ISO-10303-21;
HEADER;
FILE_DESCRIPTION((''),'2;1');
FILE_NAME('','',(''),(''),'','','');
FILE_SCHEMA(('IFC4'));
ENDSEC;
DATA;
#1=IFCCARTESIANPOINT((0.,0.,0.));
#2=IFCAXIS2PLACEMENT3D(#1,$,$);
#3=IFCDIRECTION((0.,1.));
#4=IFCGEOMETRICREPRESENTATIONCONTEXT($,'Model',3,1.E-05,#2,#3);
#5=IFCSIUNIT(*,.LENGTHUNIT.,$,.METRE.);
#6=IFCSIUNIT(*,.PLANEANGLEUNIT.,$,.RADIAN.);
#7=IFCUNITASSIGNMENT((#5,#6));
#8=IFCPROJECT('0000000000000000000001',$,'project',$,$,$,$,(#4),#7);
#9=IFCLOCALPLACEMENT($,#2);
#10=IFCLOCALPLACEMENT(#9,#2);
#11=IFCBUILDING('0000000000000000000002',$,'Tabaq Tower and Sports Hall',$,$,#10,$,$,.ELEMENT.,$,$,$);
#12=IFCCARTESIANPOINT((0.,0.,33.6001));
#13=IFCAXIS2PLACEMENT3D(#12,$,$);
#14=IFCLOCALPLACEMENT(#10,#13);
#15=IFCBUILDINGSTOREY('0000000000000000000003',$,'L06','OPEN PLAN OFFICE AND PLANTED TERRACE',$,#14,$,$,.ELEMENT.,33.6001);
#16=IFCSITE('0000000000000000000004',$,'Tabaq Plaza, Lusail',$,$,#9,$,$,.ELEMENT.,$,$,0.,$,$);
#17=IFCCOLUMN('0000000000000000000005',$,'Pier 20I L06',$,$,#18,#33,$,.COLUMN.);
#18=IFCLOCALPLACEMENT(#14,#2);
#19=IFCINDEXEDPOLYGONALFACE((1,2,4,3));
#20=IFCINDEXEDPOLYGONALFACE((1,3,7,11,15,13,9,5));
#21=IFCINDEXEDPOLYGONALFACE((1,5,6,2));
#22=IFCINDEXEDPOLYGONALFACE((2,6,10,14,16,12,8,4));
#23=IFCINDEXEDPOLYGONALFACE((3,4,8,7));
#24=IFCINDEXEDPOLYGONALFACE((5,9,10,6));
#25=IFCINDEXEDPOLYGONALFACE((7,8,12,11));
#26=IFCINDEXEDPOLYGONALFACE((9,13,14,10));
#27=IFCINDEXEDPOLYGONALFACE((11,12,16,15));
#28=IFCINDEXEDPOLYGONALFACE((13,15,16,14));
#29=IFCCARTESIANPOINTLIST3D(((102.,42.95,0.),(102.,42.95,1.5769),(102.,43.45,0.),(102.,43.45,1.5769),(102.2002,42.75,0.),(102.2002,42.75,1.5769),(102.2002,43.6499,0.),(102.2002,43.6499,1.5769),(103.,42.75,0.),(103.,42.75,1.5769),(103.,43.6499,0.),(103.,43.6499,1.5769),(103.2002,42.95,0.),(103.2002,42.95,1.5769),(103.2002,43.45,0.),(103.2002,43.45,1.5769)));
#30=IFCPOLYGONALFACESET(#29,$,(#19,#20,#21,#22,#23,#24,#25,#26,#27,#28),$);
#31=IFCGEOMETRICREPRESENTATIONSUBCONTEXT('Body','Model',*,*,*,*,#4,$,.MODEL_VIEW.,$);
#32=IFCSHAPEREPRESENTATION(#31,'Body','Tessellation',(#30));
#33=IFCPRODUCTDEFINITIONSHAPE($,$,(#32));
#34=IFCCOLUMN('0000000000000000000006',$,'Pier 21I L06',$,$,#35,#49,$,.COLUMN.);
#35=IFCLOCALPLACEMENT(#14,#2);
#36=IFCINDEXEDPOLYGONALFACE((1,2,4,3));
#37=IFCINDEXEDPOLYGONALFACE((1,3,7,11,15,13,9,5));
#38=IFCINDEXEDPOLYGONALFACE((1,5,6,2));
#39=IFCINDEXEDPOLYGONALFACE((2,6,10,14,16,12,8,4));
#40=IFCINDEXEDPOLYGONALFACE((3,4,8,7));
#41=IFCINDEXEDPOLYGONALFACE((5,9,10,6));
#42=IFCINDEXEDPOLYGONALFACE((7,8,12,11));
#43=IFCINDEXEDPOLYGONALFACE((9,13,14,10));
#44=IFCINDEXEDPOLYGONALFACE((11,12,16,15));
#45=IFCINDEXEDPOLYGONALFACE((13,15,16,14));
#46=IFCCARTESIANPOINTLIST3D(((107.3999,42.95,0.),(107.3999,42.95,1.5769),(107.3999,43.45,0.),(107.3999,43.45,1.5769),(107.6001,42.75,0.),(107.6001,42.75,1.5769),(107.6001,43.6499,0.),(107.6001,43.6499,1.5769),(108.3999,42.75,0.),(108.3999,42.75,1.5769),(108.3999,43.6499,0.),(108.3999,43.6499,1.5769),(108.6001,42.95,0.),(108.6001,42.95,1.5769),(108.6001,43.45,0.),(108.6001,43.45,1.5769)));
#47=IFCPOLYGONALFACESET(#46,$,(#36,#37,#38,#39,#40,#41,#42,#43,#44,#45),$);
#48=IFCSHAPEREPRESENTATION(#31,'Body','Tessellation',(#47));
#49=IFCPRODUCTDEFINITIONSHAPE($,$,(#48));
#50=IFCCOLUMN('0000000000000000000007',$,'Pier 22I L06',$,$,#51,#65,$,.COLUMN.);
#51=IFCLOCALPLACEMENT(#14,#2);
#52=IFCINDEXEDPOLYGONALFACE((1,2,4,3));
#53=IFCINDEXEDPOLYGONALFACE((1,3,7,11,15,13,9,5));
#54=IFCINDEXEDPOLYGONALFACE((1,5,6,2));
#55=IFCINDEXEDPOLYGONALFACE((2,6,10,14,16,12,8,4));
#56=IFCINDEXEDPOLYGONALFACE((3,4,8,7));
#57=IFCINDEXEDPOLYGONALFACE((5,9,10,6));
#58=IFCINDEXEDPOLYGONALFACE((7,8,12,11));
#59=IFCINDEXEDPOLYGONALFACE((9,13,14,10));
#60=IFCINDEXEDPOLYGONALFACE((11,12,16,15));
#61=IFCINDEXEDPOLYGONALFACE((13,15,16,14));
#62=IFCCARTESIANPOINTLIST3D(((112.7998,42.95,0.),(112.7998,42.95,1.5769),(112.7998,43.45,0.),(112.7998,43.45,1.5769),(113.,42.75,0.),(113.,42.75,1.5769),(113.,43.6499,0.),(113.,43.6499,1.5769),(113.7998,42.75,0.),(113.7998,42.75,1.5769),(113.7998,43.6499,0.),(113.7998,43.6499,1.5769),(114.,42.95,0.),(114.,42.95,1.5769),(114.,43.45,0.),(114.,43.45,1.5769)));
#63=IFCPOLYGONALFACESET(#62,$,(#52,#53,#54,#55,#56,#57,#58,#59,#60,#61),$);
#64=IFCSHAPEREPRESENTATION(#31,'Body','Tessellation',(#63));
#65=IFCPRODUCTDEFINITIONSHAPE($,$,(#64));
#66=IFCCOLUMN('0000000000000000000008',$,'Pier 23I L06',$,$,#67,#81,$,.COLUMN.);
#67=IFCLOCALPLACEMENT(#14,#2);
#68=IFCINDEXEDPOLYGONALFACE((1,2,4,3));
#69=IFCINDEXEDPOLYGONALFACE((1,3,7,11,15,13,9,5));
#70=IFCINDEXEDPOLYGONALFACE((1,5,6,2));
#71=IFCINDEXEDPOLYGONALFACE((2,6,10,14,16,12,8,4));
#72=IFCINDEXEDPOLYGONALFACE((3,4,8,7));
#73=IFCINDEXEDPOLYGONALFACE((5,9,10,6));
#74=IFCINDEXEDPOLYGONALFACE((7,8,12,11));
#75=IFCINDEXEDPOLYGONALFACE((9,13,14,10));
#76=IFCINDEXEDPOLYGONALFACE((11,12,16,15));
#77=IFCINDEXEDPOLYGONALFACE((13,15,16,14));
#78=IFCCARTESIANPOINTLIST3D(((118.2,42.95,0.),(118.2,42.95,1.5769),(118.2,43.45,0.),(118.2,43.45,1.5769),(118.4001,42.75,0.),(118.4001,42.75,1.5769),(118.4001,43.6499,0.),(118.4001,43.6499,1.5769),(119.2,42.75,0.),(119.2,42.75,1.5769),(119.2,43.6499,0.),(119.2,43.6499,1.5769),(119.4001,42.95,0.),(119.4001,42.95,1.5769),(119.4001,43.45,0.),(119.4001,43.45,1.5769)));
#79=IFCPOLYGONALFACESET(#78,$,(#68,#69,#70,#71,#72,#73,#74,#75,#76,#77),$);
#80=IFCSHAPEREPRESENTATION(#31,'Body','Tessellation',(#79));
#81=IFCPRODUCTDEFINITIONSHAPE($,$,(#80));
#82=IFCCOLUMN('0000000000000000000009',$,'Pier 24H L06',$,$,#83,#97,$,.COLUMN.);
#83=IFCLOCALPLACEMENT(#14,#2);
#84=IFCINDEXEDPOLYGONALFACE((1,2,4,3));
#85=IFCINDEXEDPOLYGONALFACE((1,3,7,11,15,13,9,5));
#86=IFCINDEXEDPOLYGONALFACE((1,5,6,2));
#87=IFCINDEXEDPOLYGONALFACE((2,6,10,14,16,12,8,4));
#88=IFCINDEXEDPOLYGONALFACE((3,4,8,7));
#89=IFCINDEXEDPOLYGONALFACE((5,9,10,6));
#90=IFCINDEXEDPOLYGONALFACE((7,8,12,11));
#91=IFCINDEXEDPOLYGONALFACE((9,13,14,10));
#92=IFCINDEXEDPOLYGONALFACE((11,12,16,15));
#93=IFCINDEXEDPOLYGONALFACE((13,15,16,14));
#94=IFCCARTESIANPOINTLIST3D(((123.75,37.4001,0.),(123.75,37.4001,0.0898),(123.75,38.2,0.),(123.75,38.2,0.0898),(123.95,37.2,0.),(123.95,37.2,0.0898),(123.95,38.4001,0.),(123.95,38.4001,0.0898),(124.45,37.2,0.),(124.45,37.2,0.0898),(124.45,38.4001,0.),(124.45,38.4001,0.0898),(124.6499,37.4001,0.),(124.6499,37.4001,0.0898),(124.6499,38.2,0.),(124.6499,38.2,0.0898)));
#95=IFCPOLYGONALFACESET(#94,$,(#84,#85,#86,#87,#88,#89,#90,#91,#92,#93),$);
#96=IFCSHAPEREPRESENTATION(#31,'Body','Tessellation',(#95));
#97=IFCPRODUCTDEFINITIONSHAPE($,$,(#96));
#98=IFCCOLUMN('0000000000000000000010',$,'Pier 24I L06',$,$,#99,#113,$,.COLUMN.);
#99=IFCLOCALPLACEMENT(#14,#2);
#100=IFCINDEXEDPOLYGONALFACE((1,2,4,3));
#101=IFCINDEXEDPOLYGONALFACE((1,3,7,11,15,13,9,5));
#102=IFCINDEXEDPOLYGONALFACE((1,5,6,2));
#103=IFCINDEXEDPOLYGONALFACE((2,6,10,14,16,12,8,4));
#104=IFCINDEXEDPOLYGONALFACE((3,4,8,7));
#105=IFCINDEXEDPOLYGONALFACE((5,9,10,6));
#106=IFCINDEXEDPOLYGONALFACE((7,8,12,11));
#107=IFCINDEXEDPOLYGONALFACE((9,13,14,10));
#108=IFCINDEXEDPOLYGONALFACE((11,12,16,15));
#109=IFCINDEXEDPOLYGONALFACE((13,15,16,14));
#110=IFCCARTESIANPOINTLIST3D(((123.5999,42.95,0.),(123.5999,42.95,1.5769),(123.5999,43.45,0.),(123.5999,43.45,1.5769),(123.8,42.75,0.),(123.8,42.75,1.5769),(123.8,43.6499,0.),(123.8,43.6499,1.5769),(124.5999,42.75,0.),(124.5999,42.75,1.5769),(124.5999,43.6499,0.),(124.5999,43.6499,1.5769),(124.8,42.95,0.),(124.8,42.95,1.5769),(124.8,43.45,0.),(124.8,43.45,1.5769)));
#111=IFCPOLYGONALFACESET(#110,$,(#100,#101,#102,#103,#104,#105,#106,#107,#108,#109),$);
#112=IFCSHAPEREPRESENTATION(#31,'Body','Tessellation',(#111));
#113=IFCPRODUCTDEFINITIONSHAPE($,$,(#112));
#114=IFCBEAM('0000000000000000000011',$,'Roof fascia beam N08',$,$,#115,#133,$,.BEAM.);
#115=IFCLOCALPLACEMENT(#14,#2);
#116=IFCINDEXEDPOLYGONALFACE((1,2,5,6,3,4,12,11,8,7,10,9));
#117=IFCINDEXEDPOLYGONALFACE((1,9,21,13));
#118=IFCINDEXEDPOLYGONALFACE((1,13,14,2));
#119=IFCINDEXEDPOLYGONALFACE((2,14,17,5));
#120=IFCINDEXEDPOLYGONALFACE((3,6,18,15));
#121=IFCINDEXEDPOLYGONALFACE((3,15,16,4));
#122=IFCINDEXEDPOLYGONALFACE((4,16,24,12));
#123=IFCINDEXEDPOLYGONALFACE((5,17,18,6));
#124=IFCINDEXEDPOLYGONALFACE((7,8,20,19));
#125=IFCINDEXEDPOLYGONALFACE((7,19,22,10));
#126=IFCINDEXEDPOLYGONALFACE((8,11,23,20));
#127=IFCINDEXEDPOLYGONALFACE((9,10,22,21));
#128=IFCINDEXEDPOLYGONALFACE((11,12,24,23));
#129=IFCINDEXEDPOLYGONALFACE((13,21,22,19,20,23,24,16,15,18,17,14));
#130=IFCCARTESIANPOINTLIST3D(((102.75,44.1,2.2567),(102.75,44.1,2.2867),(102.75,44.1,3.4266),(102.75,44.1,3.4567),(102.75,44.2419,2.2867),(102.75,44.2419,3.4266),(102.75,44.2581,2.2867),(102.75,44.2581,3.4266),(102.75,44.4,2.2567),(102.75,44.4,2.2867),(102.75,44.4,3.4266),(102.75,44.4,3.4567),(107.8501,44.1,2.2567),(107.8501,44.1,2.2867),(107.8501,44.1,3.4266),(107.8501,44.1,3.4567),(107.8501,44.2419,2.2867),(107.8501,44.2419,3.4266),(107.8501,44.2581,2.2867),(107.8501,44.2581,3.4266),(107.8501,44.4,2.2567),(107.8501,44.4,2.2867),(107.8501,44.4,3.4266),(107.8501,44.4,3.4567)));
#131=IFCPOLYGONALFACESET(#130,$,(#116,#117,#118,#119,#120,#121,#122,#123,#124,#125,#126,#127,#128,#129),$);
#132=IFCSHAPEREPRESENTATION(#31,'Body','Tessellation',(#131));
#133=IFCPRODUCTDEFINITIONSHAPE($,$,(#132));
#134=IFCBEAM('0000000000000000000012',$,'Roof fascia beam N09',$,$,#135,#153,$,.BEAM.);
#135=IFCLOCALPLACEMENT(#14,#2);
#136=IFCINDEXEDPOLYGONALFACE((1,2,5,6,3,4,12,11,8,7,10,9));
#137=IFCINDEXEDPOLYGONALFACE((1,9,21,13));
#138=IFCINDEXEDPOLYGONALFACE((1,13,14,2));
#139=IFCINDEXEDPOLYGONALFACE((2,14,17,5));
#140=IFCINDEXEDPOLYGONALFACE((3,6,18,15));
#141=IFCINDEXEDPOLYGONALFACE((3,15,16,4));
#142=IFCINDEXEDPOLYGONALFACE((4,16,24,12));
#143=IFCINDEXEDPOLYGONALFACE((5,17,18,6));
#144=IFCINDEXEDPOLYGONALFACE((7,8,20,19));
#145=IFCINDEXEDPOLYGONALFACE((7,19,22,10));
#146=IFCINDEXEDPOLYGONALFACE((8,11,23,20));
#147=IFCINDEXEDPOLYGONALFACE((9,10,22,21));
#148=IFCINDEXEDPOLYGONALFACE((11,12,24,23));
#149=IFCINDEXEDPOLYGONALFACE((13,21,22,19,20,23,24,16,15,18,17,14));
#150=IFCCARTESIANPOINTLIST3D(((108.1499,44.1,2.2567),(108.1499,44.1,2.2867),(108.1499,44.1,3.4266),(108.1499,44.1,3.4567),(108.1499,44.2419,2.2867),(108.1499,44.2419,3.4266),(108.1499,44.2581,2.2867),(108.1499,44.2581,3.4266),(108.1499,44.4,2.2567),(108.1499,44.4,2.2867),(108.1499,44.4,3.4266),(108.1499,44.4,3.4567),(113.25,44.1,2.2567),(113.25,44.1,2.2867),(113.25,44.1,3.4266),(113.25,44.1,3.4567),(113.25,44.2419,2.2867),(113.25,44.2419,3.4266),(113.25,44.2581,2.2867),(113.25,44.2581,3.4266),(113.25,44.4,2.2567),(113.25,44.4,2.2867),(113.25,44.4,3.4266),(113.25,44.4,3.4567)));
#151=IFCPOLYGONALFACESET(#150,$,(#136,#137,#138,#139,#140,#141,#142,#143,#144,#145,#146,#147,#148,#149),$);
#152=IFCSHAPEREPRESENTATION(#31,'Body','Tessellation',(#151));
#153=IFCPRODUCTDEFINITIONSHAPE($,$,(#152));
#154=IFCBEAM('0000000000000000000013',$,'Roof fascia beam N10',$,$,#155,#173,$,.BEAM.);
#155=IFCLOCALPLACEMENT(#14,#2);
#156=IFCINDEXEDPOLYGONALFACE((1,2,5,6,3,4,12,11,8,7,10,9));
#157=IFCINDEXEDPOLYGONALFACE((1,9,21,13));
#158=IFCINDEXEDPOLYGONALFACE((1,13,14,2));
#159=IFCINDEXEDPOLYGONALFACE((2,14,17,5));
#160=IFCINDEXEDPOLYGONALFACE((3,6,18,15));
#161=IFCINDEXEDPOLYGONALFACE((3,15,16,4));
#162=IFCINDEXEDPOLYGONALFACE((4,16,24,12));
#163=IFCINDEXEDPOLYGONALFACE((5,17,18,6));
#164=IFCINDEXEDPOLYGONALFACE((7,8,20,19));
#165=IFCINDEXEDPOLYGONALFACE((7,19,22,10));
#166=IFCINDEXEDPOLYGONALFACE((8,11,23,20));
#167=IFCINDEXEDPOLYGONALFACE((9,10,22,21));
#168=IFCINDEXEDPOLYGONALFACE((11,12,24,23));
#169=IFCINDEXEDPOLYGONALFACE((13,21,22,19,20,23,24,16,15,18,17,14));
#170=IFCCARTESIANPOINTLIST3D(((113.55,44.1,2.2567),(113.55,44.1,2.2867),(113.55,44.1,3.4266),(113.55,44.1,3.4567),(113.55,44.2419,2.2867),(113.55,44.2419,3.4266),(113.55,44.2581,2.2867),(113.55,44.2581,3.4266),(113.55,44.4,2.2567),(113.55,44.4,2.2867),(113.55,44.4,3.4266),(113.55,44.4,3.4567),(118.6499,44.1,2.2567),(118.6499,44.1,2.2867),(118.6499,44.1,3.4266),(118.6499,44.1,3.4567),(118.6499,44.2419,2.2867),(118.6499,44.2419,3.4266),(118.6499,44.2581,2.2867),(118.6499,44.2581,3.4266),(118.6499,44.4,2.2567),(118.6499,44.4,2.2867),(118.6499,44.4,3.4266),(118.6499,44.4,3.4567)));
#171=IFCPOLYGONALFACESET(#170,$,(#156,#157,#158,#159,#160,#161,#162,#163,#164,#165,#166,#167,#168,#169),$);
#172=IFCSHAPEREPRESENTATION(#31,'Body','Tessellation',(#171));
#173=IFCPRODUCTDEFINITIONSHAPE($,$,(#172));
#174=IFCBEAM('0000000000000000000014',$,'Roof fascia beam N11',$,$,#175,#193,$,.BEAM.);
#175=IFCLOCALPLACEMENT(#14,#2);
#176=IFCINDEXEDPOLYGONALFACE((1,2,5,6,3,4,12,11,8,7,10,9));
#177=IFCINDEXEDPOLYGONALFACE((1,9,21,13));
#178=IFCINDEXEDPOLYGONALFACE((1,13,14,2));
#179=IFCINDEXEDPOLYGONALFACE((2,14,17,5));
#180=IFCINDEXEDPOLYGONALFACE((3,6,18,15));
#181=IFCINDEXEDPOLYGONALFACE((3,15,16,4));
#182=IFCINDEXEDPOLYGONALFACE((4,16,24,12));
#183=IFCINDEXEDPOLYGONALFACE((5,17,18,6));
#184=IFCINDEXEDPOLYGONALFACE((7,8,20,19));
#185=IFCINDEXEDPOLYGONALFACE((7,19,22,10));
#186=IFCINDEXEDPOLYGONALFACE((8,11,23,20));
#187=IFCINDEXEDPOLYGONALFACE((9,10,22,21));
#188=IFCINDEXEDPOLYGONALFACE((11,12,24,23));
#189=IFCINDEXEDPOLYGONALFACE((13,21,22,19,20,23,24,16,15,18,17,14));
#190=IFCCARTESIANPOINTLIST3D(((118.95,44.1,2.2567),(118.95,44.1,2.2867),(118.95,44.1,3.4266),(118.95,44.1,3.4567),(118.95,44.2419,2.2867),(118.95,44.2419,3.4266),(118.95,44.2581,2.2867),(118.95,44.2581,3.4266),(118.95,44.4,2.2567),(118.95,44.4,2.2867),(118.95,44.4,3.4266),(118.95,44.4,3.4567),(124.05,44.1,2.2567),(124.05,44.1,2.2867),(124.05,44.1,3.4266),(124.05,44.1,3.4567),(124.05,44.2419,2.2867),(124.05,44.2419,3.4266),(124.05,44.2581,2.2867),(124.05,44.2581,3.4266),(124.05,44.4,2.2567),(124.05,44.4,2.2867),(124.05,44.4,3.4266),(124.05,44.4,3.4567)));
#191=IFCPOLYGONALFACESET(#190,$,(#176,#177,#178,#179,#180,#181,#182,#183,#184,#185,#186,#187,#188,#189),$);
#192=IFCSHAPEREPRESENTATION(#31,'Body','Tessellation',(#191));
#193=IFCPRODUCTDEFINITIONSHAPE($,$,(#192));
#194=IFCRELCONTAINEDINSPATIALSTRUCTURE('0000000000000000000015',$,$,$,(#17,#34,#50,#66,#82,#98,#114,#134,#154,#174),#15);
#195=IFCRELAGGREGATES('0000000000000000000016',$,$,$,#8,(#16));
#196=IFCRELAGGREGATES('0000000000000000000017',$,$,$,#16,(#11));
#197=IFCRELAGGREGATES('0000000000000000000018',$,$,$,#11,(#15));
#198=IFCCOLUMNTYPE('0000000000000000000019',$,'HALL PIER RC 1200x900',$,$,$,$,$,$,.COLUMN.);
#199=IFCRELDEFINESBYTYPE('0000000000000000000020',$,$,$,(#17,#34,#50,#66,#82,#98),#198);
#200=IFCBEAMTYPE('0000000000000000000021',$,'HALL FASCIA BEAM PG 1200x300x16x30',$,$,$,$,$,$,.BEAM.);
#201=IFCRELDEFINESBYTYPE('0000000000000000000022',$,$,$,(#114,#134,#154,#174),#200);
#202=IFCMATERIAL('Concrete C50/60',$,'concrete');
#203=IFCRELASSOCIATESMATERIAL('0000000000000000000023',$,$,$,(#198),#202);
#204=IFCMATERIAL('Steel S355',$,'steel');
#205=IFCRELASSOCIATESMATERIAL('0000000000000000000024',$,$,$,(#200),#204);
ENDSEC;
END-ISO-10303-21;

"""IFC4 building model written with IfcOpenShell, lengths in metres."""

from ifc_helpers import new_model, si_unit, direction, frame, origin, origin_2d, place, context, subcontext, project, spatial, polyline, i_section, outline, extrude, material, material_profile, profile_set, type_object, element, save


model = new_model("IFC4")

# Units and contexts
model_context = context("Model", 3, precision=1e-05, world=origin(), true_north=direction((0.0, 1.0)))
body_context = subcontext(model_context, "Body", "Model", "MODEL_VIEW")
ifc_project = project(units=[si_unit("LENGTHUNIT", "METRE"), si_unit("PLANEANGLEUNIT", "RADIAN")], contexts=[model_context])

# Site, building, storey
site_placement = place(None, origin())
site = spatial("IfcSite", under=ifc_project, at=site_placement, Name="Tabaq Plaza, Lusail", CompositionType="ELEMENT", RefElevation=0.0)
building_placement = place(site_placement, origin())
building = spatial("IfcBuilding", under=site, at=building_placement, Name="Tabaq Tower and Sports Hall", CompositionType="ELEMENT")
storey_placement = place(building_placement, frame((0.0, 0.0, 33.6001)))
storey = spatial("IfcBuildingStorey", under=building, at=storey_placement, Name="L06", Description="OPEN PLAN OFFICE AND PLANTED TERRACE", CompositionType="ELEMENT", Elevation=33.6001)

# Columns
ifc_material_1 = material(Name="Concrete C50/60", Category="concrete")
ifc_material_profile_1 = material_profile(ifc_material_1, outline(polyline([(-0.3999, -0.45), (0.3999, -0.45), (0.6001, -0.25), (0.6001, 0.25), (0.3999, 0.45), (-0.3999, 0.45), (-0.6001, 0.25), (-0.6001, -0.25), (-0.3999, -0.45)])), Name="PIER 1200x900")
ifc_profile_set_1 = profile_set([ifc_material_profile_1], Name="Concrete C50/60")
column_type = type_object("IfcColumnType", Name="HALL PIER RC 1200x900", PredefinedType="COLUMN", material=ifc_profile_set_1)
for number, where, z_axis, x_axis, name in (
    (1, (102.6001, 43.2, 0.0), (0.0, 0.0, 1.0), (1.0, 0.0, 0.0), "Pier 20I L06"),
    (2, (108.0, 43.2, 0.0), (0.0, 0.0, 1.0), (1.0, 0.0, 0.0), "Pier 21I L06"),
    (3, (113.3999, 43.2, 0.0), (0.0, 0.0, 1.0), (1.0, 0.0, 0.0), "Pier 22I L06"),
    (4, (118.8, 43.2, 0.0), (0.0, 0.0, 1.0), (1.0, 0.0, 0.0), "Pier 23I L06"),
):
    element("IfcColumn", number, at=place(storey_placement, frame(where, z_axis=z_axis, x_axis=x_axis)), inside=storey, type_object=column_type, Name=name, PredefinedType="COLUMN", context=body_context, shape_type="SweptSolid", body=[
        extrude(outline(polyline([(-0.3999, -0.45), (0.3999, -0.45), (0.6001, -0.25), (0.6001, 0.25), (0.3999, 0.45), (-0.3999, 0.45), (-0.6001, 0.25), (-0.6001, -0.25), (-0.3999, -0.45)])), origin(), (0.0, 0.0, 1.0), 1.5769),
    ])
column_1_placement = place(storey_placement, frame((124.2, 37.8, 0.0), z_axis=(0.0, 0.0, 1.0), x_axis=(0.0, 1.0, 0.0)))
element("IfcColumn", 5, at=column_1_placement, inside=storey, type_object=column_type, Name="Pier 24H L06", PredefinedType="COLUMN", context=body_context, shape_type="SweptSolid", body=[
    extrude(outline(polyline([(-0.3999, -0.45), (0.3999, -0.45), (0.6001, -0.25), (0.6001, 0.25), (0.3999, 0.45), (-0.3999, 0.45), (-0.6001, 0.25), (-0.6001, -0.25), (-0.3999, -0.45)])), origin(), (0.0, 0.0, 1.0), 0.0898),
])
column_2_placement = place(storey_placement, frame((124.2, 43.2, 0.0), z_axis=(0.0, 0.0, 1.0), x_axis=(1.0, 0.0, 0.0)))
element("IfcColumn", 6, at=column_2_placement, inside=storey, type_object=column_type, Name="Pier 24I L06", PredefinedType="COLUMN", context=body_context, shape_type="SweptSolid", body=[
    extrude(outline(polyline([(-0.3999, -0.45), (0.3999, -0.45), (0.6001, -0.25), (0.6001, 0.25), (0.3999, 0.45), (-0.3999, 0.45), (-0.6001, 0.25), (-0.6001, -0.25), (-0.3999, -0.45)])), origin(), (0.0, 0.0, 1.0), 1.5769),
])

# Beams
ifc_material_2 = material(Name="Steel S355", Category="steel")
ifc_material_profile_2 = material_profile(ifc_material_2, i_section(OverallWidth=0.3, OverallDepth=1.2, WebThickness=0.0161, FlangeThickness=0.03, at=origin_2d()), Name="PG 1200x300x16x30")
ifc_profile_set_2 = profile_set([ifc_material_profile_2], Name="Steel S355")
beam_type = type_object("IfcBeamType", Name="HALL FASCIA BEAM PG 1200x300x16x30", PredefinedType="BEAM", material=ifc_profile_set_2)
for number, where, z_axis, x_axis, name in (
    (7, (102.75, 44.25, 2.8567), (1.0, 0.0, 0.0), (0.0, 1.0, 0.0), "Roof fascia beam N08"),
    (8, (108.1499, 44.25, 2.8567), (1.0, 0.0, 0.0), (0.0, 1.0, 0.0), "Roof fascia beam N09"),
):
    element("IfcBeam", number, at=place(storey_placement, frame(where, z_axis=z_axis, x_axis=x_axis)), inside=storey, type_object=beam_type, Name=name, PredefinedType="BEAM", context=body_context, shape_type="SweptSolid", body=[
        extrude(i_section(OverallWidth=0.3, OverallDepth=1.2, WebThickness=0.0161, FlangeThickness=0.03, at=origin_2d()), origin(), (0.0, 0.0, 1.0), 5.1001),
    ])
beam_1_placement = place(storey_placement, frame((113.55, 44.25, 2.8567), z_axis=(1.0, 0.0, 0.0), x_axis=(0.0, 1.0, 0.0)))
element("IfcBeam", 9, at=beam_1_placement, inside=storey, type_object=beam_type, Name="Roof fascia beam N10", PredefinedType="BEAM", context=body_context, shape_type="SweptSolid", body=[
    extrude(i_section(OverallWidth=0.3, OverallDepth=1.2, WebThickness=0.0161, FlangeThickness=0.03, at=origin_2d()), origin(), (0.0, 0.0, 1.0), 5.0999),
])
beam_2_placement = place(storey_placement, frame((118.95, 44.25, 2.8567), z_axis=(1.0, 0.0, 0.0), x_axis=(0.0, 1.0, 0.0)))
element("IfcBeam", 10, at=beam_2_placement, inside=storey, type_object=beam_type, Name="Roof fascia beam N11", PredefinedType="BEAM", context=body_context, shape_type="SweptSolid", body=[
    extrude(i_section(OverallWidth=0.3, OverallDepth=1.2, WebThickness=0.0161, FlangeThickness=0.03, at=origin_2d()), origin(), (0.0, 0.0, 1.0), 5.1001),
])

save(model, "model.ifc")
